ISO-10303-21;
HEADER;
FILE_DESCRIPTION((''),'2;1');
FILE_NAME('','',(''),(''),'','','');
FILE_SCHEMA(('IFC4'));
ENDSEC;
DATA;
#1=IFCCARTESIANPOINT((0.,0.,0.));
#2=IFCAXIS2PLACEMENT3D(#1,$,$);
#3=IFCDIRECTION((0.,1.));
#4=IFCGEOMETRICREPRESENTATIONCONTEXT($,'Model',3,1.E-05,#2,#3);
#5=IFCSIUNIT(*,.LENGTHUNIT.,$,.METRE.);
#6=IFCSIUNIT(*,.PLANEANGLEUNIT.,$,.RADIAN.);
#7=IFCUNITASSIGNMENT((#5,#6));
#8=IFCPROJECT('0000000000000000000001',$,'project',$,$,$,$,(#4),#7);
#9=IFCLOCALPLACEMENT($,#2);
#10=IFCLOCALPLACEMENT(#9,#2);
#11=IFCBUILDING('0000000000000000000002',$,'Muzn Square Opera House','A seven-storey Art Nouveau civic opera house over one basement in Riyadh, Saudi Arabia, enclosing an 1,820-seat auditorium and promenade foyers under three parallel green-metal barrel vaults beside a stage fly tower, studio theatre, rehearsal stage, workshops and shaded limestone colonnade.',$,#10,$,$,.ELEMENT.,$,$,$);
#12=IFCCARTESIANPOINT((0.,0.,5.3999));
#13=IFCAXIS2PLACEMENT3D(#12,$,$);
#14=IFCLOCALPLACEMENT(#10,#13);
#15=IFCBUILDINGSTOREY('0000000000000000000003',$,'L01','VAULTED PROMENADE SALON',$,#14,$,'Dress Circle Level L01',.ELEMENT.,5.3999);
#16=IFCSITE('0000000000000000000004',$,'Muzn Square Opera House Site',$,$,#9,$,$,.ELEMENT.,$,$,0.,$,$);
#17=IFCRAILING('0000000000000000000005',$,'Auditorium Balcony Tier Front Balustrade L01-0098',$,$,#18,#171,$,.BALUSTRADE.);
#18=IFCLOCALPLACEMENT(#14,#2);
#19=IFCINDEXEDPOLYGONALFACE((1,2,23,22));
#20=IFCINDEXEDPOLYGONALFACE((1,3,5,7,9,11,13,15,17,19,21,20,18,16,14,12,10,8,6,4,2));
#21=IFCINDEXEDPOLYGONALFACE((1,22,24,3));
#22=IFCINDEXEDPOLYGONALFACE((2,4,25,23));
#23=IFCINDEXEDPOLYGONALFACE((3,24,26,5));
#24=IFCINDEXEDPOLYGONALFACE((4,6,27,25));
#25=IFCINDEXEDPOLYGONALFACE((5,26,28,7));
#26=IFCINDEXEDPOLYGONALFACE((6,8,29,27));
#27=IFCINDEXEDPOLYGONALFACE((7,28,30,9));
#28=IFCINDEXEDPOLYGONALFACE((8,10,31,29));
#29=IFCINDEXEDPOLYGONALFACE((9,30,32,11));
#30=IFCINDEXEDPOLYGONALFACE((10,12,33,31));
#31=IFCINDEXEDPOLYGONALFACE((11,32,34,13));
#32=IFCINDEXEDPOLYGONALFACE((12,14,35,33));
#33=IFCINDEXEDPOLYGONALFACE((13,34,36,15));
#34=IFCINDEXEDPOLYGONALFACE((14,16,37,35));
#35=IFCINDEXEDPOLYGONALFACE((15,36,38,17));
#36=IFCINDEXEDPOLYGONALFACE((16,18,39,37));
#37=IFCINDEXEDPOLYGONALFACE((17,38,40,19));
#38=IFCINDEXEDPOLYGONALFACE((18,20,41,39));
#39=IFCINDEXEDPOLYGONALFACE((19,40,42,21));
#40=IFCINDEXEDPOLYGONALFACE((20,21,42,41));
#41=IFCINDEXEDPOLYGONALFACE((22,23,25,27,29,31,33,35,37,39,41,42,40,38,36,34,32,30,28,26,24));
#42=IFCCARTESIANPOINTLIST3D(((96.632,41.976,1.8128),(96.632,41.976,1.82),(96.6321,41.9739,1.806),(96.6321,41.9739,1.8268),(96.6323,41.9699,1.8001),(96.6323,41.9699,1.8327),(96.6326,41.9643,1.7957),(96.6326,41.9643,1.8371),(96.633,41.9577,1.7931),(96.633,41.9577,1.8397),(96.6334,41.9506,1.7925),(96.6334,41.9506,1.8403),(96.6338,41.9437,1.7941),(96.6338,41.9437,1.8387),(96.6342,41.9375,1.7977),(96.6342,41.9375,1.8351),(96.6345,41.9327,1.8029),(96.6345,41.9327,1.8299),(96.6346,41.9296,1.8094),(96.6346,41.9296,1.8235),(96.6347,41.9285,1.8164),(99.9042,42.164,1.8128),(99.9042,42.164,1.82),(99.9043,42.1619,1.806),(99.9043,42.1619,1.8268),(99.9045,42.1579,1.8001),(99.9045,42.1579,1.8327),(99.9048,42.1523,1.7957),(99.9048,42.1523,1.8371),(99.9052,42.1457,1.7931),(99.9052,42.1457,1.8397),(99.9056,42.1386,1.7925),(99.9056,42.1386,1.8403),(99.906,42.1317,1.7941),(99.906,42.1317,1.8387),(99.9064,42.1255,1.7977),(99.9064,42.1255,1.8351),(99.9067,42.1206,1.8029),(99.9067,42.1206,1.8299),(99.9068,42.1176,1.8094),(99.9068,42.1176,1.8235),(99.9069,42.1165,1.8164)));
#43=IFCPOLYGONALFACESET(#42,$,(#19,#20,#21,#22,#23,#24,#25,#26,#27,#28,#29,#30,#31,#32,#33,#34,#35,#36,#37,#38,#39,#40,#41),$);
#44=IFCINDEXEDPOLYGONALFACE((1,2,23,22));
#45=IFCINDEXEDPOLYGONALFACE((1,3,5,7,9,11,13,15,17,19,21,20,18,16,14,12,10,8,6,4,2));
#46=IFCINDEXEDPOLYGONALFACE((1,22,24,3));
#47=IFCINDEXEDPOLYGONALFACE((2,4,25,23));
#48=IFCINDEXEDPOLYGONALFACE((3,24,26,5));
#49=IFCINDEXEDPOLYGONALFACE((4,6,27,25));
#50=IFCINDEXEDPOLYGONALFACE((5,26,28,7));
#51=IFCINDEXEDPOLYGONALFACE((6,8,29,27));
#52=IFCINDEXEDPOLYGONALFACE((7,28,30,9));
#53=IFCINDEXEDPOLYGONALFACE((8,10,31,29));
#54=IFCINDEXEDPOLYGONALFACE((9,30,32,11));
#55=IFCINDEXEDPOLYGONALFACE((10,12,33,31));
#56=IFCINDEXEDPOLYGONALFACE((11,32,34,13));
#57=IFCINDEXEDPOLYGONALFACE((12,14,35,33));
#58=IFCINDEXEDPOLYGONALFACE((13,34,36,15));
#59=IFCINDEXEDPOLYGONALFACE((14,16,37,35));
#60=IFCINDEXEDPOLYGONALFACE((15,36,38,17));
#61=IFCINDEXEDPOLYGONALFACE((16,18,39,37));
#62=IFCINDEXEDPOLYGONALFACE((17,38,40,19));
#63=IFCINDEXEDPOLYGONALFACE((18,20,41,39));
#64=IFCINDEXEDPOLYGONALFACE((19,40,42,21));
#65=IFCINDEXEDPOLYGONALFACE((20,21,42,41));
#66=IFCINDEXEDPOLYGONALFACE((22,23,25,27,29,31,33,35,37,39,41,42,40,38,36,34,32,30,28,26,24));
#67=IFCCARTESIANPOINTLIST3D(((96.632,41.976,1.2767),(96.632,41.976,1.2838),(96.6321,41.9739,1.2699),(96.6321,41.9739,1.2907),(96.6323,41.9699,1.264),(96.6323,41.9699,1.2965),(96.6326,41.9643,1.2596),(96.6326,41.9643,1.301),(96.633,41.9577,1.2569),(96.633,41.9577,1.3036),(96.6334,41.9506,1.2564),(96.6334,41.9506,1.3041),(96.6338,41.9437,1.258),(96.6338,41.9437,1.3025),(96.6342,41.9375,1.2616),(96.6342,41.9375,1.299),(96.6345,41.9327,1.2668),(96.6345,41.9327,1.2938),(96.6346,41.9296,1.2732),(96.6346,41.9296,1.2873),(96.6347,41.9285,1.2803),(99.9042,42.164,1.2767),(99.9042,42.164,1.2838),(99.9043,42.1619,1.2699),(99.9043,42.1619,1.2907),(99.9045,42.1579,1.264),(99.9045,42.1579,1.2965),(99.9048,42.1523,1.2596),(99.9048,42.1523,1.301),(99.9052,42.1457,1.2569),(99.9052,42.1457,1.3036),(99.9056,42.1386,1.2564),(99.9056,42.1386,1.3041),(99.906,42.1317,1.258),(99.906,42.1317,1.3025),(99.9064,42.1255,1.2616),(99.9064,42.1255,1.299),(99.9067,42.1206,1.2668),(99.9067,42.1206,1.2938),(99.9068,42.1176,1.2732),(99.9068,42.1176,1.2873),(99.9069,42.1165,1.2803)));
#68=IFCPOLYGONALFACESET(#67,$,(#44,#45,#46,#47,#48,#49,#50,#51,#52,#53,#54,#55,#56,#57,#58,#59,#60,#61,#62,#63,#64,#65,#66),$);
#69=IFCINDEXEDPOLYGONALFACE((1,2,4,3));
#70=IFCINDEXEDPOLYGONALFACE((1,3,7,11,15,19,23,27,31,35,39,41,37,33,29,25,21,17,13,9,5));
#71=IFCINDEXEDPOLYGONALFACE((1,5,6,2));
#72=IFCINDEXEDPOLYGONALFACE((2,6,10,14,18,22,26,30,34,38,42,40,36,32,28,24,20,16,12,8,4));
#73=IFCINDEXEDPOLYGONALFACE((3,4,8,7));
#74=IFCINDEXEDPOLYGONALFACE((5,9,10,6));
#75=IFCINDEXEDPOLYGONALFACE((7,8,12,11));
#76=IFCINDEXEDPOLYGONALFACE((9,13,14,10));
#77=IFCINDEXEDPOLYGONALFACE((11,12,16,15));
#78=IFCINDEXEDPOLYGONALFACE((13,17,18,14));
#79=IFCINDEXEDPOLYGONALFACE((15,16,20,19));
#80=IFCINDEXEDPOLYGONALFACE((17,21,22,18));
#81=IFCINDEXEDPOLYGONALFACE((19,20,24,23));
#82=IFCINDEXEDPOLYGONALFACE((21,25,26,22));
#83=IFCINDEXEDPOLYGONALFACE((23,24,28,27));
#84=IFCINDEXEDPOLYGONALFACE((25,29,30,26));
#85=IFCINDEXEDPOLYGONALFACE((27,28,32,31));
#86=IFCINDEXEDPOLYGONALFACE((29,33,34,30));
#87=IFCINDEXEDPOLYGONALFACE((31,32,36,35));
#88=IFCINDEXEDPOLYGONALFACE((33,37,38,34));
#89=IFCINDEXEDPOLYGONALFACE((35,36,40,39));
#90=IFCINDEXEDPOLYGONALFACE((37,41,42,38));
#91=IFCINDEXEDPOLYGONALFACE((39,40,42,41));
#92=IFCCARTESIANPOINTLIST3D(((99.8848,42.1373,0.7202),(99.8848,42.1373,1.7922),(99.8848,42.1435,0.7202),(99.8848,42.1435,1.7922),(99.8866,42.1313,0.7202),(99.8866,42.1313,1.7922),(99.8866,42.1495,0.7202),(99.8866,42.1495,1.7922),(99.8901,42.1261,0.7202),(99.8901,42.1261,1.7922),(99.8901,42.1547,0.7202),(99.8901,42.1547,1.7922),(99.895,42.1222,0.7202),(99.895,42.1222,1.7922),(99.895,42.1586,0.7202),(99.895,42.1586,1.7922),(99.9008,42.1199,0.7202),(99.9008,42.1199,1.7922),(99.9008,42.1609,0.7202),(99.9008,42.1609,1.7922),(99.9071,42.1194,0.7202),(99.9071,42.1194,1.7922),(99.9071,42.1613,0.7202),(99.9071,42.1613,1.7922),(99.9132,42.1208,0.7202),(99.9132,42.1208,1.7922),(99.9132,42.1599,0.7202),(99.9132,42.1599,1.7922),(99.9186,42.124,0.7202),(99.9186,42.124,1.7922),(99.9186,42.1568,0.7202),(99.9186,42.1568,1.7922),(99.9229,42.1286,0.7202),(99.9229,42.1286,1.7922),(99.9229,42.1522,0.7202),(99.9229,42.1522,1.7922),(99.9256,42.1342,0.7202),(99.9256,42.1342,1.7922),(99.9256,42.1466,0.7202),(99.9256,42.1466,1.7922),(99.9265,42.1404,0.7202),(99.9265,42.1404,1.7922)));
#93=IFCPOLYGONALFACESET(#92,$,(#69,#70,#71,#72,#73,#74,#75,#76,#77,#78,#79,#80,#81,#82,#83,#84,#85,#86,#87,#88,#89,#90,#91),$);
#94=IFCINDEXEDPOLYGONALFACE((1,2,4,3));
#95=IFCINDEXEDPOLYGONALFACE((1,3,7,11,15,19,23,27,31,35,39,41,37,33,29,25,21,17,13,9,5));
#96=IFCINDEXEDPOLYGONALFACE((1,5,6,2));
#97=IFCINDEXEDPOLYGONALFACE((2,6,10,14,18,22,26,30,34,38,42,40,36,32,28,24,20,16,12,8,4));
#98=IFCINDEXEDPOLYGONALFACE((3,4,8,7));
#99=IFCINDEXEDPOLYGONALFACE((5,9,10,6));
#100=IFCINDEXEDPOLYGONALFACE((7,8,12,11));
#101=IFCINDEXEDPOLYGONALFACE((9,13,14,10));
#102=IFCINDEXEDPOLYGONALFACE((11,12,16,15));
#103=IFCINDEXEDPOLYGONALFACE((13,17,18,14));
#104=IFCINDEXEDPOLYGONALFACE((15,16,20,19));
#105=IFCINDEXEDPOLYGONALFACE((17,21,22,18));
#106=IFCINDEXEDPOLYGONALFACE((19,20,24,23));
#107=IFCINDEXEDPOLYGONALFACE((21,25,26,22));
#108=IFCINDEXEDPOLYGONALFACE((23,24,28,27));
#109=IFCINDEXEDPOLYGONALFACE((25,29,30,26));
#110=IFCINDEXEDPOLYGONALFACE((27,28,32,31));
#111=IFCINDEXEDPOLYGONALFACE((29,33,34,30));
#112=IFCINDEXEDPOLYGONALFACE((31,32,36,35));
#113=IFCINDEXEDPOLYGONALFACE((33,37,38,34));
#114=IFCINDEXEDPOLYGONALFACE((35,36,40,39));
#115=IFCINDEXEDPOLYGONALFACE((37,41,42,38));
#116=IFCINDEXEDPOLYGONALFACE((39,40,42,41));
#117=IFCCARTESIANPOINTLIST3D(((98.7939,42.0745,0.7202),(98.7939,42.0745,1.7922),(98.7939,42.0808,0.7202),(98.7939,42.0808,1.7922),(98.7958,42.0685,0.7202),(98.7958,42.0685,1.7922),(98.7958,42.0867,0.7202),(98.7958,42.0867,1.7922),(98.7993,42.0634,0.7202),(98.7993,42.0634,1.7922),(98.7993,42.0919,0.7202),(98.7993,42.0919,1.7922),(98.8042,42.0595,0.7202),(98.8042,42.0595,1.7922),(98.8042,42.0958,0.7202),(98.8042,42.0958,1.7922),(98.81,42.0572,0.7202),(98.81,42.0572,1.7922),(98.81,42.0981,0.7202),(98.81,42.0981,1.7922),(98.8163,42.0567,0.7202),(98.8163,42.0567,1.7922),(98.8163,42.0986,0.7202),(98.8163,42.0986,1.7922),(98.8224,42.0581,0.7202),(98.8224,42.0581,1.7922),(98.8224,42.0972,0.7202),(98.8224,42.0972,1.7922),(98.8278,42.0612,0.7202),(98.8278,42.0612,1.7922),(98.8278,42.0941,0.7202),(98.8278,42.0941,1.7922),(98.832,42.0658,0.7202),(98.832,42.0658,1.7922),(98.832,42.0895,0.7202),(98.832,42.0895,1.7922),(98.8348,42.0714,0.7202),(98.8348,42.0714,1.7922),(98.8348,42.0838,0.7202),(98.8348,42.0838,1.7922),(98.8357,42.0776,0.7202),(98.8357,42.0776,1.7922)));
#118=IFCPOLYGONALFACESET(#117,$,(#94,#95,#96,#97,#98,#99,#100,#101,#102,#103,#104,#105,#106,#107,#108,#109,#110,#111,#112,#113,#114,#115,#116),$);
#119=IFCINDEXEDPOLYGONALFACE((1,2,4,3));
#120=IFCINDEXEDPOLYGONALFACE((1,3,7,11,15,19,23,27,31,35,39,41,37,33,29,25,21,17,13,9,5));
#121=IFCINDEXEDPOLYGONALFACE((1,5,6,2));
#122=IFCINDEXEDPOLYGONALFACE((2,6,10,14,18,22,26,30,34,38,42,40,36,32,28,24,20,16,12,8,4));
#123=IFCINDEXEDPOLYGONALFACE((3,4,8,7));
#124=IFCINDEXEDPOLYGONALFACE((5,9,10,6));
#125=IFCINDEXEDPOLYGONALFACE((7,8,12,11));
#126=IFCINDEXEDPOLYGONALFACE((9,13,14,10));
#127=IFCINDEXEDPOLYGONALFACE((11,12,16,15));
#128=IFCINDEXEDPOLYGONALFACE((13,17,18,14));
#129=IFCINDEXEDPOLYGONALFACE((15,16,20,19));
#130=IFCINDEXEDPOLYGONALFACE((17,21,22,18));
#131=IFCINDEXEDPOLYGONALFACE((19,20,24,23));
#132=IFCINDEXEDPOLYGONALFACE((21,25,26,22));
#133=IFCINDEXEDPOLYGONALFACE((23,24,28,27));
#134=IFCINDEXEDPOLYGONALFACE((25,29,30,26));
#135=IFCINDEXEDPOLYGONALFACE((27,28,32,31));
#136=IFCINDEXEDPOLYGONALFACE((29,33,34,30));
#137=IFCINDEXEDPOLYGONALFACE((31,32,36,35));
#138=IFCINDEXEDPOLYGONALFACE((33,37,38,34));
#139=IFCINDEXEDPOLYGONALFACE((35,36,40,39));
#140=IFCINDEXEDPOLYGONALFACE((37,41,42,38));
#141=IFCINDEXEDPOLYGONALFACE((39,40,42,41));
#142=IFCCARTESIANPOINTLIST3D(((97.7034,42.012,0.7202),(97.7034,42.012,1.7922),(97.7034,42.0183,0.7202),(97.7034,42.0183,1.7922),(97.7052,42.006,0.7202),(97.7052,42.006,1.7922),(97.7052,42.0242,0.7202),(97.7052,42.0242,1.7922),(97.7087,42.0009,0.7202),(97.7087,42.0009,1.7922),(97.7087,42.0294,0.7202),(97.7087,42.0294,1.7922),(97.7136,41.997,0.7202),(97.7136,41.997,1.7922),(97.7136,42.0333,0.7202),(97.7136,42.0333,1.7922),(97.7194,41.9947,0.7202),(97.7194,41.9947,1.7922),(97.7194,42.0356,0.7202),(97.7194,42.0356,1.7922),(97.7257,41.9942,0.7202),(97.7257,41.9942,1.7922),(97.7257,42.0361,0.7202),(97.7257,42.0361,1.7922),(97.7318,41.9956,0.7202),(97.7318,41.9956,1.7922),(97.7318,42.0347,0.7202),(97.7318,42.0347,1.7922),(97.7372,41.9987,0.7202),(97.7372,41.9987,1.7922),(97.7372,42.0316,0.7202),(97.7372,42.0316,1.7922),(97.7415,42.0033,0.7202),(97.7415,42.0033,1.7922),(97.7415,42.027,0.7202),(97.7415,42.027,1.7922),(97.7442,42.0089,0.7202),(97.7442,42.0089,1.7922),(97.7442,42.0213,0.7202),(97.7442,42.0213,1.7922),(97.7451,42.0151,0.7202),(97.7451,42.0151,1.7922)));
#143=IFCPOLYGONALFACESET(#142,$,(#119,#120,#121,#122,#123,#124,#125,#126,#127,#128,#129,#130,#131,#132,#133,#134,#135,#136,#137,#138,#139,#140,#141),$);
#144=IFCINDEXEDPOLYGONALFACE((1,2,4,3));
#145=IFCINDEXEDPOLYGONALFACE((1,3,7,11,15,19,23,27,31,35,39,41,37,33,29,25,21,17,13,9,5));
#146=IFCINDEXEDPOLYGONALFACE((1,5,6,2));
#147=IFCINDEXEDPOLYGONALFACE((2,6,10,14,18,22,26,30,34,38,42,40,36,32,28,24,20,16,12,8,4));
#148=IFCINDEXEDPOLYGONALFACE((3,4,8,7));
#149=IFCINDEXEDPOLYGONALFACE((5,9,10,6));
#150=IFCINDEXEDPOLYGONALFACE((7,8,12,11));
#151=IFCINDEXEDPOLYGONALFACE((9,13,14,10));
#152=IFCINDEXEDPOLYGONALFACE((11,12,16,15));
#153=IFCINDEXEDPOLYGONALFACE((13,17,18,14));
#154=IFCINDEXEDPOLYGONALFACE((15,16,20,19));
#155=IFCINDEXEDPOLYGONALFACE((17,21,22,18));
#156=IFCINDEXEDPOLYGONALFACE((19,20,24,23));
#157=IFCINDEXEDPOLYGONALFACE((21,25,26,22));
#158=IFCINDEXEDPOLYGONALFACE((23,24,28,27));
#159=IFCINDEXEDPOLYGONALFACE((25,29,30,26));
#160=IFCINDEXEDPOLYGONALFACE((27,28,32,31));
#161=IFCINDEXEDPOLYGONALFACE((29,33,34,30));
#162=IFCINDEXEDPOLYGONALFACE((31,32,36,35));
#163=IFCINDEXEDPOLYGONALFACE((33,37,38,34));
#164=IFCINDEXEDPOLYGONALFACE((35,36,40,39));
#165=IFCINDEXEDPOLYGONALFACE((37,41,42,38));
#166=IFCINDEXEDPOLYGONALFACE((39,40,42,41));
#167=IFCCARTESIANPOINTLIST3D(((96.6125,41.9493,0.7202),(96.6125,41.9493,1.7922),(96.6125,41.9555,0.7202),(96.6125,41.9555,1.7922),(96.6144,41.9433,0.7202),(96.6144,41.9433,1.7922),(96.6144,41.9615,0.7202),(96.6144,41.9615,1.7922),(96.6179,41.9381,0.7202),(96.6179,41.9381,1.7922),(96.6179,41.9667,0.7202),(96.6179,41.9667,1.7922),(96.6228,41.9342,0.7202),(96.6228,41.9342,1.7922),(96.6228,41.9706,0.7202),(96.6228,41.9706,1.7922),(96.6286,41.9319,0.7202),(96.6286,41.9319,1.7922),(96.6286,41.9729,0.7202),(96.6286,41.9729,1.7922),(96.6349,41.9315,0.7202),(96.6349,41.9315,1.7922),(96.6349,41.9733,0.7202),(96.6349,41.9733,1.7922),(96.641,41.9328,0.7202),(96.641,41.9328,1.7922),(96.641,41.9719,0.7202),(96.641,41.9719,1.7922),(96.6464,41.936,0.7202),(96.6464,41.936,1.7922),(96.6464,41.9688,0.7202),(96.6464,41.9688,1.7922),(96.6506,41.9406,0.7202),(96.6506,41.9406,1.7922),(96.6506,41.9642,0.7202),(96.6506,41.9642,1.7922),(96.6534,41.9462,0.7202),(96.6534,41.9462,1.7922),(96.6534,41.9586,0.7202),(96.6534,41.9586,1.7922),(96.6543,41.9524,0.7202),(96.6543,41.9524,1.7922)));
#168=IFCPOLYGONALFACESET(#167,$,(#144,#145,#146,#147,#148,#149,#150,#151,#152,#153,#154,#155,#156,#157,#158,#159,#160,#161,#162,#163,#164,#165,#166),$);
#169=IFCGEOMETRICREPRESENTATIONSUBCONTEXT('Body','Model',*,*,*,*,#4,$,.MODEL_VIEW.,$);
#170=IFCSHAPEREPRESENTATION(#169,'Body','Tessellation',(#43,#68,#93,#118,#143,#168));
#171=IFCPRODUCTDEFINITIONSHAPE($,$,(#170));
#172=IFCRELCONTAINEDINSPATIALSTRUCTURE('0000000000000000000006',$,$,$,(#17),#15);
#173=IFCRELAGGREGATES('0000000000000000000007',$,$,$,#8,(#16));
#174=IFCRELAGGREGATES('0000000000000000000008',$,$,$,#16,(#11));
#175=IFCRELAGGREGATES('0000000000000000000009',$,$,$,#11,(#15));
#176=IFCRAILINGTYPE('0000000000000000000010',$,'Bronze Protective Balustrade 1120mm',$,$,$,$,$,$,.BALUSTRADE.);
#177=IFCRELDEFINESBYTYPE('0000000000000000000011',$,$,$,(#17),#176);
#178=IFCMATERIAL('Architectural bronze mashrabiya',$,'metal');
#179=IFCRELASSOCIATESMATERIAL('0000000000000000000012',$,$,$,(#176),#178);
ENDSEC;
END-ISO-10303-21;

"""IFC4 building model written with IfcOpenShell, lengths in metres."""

from ifc_helpers import new_model, si_unit, direction, frame, origin, origin_2d, place, context, subcontext, project, spatial, circle, extrude, material, type_object, element, save


model = new_model("IFC4")

# Units and contexts
model_context = context("Model", 3, precision=1e-05, world=origin(), true_north=direction((0.0, 1.0)))
body_context = subcontext(model_context, "Body", "Model", "MODEL_VIEW")
ifc_project = project(units=[si_unit("LENGTHUNIT", "METRE"), si_unit("PLANEANGLEUNIT", "RADIAN")], contexts=[model_context])

# Site, building, storey
site_placement = place(None, origin())
site = spatial("IfcSite", under=ifc_project, at=site_placement, Name="Muzn Square Opera House Site", CompositionType="ELEMENT", RefElevation=0.0)
building_placement = place(site_placement, origin())
building = spatial("IfcBuilding", under=site, at=building_placement, Name="Muzn Square Opera House", Description="A seven-storey Art Nouveau civic opera house over one basement in Riyadh, Saudi Arabia, enclosing an 1,820-seat auditorium and promenade foyers under three parallel green-metal barrel vaults beside a stage fly tower, studio theatre, rehearsal stage, workshops and shaded limestone colonnade.", CompositionType="ELEMENT")
storey_placement = place(building_placement, frame((0.0, 0.0, 5.3999)))
storey = spatial("IfcBuildingStorey", under=building, at=storey_placement, Name="L01", Description="VAULTED PROMENADE SALON", LongName="Dress Circle Level L01", CompositionType="ELEMENT", Elevation=5.3999)

# Railing
ifc_material_1 = material(Name="Architectural bronze mashrabiya", Category="metal")
railing_type = type_object("IfcRailingType", Name="Bronze Protective Balustrade 1120mm", PredefinedType="BALUSTRADE", material=ifc_material_1)
railing_1_placement = place(storey_placement, frame((99.9055, 42.1404, 0.7202)))
element("IfcRailing", 1, at=railing_1_placement, inside=storey, type_object=railing_type, Name="Auditorium Balcony Tier Front Balustrade L01-0098", PredefinedType="BALUSTRADE", context=body_context, shape_type="SweptSolid", body=[
    extrude(circle(Radius=0.0239, at=origin_2d()), frame((0.0, 0.0, 1.0962), z_axis=(-0.998354, -0.057355, 0.0), x_axis=(0.057355, -0.998354, 0.0)), (0.0, 0.0, 1.0), 3.2776),
    extrude(circle(Radius=0.0239, at=origin_2d()), frame((0.0, 0.0, 0.5601), z_axis=(-0.998354, -0.057355, 0.0), x_axis=(0.057355, -0.998354, 0.0)), (0.0, 0.0, 1.0), 3.2776),
    extrude(circle(Radius=0.021, at=origin_2d()), origin(), (0.0, 0.0, 1.0), 1.072),
    extrude(circle(Radius=0.021, at=origin_2d()), frame((-1.0908, -0.0627, 0.0)), (0.0, 0.0, 1.0), 1.072),
    extrude(circle(Radius=0.021, at=origin_2d()), frame((-2.1814, -0.1252, 0.0)), (0.0, 0.0, 1.0), 1.072),
    extrude(circle(Radius=0.021, at=origin_2d()), frame((-3.2722, -0.188, 0.0)), (0.0, 0.0, 1.0), 1.072),
])

save(model, "model.ifc")
